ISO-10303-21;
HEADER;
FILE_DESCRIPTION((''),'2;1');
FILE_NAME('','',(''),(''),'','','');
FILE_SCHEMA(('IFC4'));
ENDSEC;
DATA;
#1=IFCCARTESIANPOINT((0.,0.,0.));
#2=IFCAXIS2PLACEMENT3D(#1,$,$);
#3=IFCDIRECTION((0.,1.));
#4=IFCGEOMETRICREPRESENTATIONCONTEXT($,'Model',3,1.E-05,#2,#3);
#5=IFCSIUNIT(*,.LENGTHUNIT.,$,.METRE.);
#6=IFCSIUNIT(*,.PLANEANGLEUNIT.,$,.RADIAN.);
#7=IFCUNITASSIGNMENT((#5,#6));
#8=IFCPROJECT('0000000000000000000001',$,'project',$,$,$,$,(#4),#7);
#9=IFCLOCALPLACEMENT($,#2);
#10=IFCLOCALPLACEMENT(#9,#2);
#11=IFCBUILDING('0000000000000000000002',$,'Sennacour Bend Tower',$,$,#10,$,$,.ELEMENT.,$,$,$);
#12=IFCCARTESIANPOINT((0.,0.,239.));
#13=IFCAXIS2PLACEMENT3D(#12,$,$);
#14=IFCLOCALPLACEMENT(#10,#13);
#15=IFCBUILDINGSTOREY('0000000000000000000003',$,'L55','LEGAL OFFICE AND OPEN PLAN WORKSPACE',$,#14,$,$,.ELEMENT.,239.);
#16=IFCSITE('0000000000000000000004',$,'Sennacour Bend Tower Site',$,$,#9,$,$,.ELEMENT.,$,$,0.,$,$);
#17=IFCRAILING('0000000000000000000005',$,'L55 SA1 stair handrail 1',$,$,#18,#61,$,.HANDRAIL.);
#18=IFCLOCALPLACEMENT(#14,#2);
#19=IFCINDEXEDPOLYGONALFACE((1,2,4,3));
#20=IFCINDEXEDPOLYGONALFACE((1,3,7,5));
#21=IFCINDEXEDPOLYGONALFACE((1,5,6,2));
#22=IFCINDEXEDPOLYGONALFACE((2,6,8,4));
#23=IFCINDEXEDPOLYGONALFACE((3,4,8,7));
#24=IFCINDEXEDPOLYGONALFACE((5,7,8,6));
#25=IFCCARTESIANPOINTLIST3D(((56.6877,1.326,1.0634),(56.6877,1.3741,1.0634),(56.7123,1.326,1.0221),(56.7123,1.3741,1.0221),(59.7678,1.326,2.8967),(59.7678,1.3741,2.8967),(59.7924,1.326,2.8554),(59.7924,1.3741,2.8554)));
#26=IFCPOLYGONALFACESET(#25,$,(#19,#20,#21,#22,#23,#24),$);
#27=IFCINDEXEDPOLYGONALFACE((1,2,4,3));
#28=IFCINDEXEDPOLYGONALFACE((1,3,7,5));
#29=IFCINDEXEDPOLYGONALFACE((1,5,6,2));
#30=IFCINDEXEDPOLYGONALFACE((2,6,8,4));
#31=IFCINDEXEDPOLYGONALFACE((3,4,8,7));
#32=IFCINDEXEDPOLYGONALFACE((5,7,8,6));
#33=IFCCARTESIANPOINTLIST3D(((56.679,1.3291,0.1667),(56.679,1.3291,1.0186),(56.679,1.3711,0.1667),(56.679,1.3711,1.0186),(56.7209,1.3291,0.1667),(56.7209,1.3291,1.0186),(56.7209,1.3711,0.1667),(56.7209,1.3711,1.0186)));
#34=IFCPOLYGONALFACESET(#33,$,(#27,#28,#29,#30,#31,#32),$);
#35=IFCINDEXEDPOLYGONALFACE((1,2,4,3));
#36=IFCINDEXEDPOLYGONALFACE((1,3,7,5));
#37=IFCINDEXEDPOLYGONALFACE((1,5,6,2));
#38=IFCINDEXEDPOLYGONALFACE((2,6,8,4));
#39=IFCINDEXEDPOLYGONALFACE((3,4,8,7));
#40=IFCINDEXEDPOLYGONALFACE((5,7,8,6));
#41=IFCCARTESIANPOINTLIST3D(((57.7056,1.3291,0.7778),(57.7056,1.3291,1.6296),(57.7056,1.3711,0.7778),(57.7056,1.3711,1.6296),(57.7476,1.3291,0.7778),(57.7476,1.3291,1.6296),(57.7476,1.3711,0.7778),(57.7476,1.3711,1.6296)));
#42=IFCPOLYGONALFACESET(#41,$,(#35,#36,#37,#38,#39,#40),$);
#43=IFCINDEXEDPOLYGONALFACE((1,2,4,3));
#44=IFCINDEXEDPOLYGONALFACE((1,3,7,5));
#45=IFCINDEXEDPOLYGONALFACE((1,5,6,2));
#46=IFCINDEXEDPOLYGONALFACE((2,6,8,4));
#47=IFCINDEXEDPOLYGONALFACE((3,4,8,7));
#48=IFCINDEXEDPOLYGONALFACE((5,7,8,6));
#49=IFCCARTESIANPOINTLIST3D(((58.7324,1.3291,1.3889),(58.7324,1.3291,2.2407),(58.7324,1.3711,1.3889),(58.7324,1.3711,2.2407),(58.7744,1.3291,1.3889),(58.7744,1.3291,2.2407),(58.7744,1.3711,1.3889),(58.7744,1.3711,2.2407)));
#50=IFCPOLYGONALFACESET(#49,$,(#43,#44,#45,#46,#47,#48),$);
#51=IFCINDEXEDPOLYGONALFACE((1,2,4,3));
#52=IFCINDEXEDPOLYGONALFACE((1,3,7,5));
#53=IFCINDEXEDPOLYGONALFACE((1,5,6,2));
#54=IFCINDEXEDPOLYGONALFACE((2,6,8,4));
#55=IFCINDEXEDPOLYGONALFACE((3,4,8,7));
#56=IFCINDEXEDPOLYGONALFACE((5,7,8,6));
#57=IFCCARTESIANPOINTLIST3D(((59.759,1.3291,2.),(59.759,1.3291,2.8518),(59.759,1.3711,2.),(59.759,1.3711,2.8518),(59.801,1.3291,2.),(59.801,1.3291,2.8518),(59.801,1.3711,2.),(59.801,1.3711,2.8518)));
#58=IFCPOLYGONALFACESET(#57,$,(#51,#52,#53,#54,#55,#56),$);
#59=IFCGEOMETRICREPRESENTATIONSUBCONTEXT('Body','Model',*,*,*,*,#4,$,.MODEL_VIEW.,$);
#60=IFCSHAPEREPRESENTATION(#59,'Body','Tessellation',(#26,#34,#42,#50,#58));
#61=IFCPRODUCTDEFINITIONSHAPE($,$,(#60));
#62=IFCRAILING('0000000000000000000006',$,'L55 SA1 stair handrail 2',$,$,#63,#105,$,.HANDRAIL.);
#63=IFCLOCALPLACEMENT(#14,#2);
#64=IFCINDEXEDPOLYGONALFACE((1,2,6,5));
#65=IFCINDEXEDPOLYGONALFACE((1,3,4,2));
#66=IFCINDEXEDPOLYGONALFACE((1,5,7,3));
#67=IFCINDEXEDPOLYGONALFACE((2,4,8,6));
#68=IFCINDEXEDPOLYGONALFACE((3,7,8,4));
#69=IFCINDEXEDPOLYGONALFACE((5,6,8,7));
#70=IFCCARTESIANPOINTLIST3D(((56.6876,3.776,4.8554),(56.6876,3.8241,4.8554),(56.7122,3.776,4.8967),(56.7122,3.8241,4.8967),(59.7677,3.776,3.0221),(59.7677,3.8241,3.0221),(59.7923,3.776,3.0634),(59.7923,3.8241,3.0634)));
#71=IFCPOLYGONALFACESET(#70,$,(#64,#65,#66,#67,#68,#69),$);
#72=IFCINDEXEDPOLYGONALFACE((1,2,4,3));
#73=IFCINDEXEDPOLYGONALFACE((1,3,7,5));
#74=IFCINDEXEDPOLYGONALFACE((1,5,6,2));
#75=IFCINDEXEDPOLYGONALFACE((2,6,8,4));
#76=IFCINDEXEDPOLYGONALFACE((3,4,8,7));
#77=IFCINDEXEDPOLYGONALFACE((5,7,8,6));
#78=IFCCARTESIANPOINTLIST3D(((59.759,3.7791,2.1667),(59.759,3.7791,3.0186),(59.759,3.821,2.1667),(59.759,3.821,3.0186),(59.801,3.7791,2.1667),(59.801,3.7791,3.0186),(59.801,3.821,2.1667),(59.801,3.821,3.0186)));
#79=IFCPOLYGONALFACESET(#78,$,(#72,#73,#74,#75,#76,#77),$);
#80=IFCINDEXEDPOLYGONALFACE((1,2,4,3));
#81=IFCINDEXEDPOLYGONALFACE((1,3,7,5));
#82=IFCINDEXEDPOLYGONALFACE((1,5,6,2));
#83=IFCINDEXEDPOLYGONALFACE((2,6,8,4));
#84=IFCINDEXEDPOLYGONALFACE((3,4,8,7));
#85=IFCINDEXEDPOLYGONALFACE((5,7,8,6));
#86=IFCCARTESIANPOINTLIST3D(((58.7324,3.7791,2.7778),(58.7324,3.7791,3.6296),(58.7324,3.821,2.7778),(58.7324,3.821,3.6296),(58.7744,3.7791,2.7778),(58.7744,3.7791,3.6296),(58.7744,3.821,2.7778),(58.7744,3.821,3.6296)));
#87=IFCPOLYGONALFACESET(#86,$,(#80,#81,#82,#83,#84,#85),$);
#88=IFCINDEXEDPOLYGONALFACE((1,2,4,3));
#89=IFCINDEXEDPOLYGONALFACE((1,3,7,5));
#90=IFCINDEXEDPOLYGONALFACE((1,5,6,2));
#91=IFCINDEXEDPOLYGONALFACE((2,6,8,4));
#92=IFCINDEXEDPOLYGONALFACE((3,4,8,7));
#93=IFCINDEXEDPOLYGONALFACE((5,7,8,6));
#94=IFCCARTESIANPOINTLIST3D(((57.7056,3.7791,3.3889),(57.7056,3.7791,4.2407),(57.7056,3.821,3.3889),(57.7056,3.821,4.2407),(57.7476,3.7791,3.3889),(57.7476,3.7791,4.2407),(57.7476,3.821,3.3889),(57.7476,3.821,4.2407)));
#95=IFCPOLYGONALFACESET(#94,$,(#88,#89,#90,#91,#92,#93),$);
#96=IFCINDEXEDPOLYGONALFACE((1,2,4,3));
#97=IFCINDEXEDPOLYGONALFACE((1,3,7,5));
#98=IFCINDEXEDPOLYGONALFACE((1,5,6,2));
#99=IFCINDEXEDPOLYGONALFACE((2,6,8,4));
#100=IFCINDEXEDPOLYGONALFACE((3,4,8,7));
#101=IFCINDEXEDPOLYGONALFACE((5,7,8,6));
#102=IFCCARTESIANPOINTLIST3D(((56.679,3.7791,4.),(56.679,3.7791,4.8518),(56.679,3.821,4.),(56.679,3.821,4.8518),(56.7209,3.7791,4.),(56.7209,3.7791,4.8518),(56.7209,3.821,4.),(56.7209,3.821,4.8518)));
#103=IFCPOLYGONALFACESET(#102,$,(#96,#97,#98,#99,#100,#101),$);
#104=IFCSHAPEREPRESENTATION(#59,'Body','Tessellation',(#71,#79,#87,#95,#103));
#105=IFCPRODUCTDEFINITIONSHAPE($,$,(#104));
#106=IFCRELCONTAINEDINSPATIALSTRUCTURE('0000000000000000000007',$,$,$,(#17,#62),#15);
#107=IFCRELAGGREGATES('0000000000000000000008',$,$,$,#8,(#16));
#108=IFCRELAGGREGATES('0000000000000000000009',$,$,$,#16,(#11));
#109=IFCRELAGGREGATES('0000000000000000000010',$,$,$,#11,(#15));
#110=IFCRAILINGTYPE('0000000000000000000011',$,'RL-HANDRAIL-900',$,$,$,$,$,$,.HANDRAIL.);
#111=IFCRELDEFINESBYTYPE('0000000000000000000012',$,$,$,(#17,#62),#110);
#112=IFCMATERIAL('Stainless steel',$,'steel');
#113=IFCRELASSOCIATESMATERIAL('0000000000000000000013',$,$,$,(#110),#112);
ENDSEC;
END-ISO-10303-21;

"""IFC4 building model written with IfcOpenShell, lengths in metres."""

from ifc_helpers import new_model, si_unit, direction, frame, origin, origin_2d, place, context, subcontext, project, spatial, rectangle, extrude, material, type_object, element, save


model = new_model("IFC4")

# Units and contexts
model_context = context("Model", 3, precision=1e-05, world=origin(), true_north=direction((0.0, 1.0)))
body_context = subcontext(model_context, "Body", "Model", "MODEL_VIEW")
ifc_project = project(units=[si_unit("LENGTHUNIT", "METRE"), si_unit("PLANEANGLEUNIT", "RADIAN")], contexts=[model_context])

# Site, building, storey
site_placement = place(None, origin())
site = spatial("IfcSite", under=ifc_project, at=site_placement, Name="Sennacour Bend Tower Site", CompositionType="ELEMENT", RefElevation=0.0)
building_placement = place(site_placement, origin())
building = spatial("IfcBuilding", under=site, at=building_placement, Name="Sennacour Bend Tower", CompositionType="ELEMENT")
storey_placement = place(building_placement, frame((0.0, 0.0, 239.0)))
storey = spatial("IfcBuildingStorey", under=building, at=storey_placement, Name="L55", Description="LEGAL OFFICE AND OPEN PLAN WORKSPACE", CompositionType="ELEMENT", Elevation=239.0)

# Railings
ifc_material_1 = material(Name="Stainless steel", Category="steel")
railing_type_1 = type_object("IfcRailingType", Name="RL-HANDRAIL-900", PredefinedType="HANDRAIL", material=ifc_material_1)
railing_1_placement = place(storey_placement, frame((56.7, 1.3501, 0.1667)))
element("IfcRailing", 1, at=railing_1_placement, inside=storey, type_object=railing_type_1, Name="L55 SA1 stair handrail 1", PredefinedType="HANDRAIL", context=body_context, shape_type="SweptSolid", body=[
    extrude(rectangle(XDim=0.0481, YDim=0.0481, at=origin_2d()), frame((0.0, 0.0, 0.876), z_axis=(0.859309, 0.0, 0.511458), x_axis=(0.0, 1.0, 0.0)), (0.0, 0.0, 1.0), 3.5845),
    extrude(rectangle(XDim=0.042, YDim=0.042, at=origin_2d()), origin(), (0.0, 0.0, 1.0), 0.8518),
    extrude(rectangle(XDim=0.042, YDim=0.042, at=origin_2d()), frame((1.0266, 0.0, 0.6111)), (0.0, 0.0, 1.0), 0.8518),
    extrude(rectangle(XDim=0.042, YDim=0.042, at=origin_2d()), frame((2.0535, 0.0, 1.2222)), (0.0, 0.0, 1.0), 0.8518),
    extrude(rectangle(XDim=0.042, YDim=0.042, at=origin_2d()), frame((3.0801, 0.0, 1.8333)), (0.0, 0.0, 1.0), 0.8518),
])
railing_2_placement = place(storey_placement, frame((59.78, 3.8, 2.1667)))
element("IfcRailing", 2, at=railing_2_placement, inside=storey, type_object=railing_type_1, Name="L55 SA1 stair handrail 2", PredefinedType="HANDRAIL", context=body_context, shape_type="SweptSolid", body=[
    extrude(rectangle(XDim=0.0481, YDim=0.0481, at=origin_2d()), frame((0.0, 0.0, 0.876), z_axis=(-0.859309, 0.0, 0.511458), x_axis=(0.0, -1.0, 0.0)), (0.0, 0.0, 1.0), 3.5845),
    extrude(rectangle(XDim=0.042, YDim=0.042, at=origin_2d()), origin(), (0.0, 0.0, 1.0), 0.8518),
    extrude(rectangle(XDim=0.042, YDim=0.042, at=origin_2d()), frame((-1.0266, 0.0, 0.6111)), (0.0, 0.0, 1.0), 0.8518),
    extrude(rectangle(XDim=0.042, YDim=0.042, at=origin_2d()), frame((-2.0535, 0.0, 1.2222)), (0.0, 0.0, 1.0), 0.8518),
    extrude(rectangle(XDim=0.042, YDim=0.042, at=origin_2d()), frame((-3.0801, 0.0, 1.8333)), (0.0, 0.0, 1.0), 0.8518),
])

save(model, "model.ifc")
